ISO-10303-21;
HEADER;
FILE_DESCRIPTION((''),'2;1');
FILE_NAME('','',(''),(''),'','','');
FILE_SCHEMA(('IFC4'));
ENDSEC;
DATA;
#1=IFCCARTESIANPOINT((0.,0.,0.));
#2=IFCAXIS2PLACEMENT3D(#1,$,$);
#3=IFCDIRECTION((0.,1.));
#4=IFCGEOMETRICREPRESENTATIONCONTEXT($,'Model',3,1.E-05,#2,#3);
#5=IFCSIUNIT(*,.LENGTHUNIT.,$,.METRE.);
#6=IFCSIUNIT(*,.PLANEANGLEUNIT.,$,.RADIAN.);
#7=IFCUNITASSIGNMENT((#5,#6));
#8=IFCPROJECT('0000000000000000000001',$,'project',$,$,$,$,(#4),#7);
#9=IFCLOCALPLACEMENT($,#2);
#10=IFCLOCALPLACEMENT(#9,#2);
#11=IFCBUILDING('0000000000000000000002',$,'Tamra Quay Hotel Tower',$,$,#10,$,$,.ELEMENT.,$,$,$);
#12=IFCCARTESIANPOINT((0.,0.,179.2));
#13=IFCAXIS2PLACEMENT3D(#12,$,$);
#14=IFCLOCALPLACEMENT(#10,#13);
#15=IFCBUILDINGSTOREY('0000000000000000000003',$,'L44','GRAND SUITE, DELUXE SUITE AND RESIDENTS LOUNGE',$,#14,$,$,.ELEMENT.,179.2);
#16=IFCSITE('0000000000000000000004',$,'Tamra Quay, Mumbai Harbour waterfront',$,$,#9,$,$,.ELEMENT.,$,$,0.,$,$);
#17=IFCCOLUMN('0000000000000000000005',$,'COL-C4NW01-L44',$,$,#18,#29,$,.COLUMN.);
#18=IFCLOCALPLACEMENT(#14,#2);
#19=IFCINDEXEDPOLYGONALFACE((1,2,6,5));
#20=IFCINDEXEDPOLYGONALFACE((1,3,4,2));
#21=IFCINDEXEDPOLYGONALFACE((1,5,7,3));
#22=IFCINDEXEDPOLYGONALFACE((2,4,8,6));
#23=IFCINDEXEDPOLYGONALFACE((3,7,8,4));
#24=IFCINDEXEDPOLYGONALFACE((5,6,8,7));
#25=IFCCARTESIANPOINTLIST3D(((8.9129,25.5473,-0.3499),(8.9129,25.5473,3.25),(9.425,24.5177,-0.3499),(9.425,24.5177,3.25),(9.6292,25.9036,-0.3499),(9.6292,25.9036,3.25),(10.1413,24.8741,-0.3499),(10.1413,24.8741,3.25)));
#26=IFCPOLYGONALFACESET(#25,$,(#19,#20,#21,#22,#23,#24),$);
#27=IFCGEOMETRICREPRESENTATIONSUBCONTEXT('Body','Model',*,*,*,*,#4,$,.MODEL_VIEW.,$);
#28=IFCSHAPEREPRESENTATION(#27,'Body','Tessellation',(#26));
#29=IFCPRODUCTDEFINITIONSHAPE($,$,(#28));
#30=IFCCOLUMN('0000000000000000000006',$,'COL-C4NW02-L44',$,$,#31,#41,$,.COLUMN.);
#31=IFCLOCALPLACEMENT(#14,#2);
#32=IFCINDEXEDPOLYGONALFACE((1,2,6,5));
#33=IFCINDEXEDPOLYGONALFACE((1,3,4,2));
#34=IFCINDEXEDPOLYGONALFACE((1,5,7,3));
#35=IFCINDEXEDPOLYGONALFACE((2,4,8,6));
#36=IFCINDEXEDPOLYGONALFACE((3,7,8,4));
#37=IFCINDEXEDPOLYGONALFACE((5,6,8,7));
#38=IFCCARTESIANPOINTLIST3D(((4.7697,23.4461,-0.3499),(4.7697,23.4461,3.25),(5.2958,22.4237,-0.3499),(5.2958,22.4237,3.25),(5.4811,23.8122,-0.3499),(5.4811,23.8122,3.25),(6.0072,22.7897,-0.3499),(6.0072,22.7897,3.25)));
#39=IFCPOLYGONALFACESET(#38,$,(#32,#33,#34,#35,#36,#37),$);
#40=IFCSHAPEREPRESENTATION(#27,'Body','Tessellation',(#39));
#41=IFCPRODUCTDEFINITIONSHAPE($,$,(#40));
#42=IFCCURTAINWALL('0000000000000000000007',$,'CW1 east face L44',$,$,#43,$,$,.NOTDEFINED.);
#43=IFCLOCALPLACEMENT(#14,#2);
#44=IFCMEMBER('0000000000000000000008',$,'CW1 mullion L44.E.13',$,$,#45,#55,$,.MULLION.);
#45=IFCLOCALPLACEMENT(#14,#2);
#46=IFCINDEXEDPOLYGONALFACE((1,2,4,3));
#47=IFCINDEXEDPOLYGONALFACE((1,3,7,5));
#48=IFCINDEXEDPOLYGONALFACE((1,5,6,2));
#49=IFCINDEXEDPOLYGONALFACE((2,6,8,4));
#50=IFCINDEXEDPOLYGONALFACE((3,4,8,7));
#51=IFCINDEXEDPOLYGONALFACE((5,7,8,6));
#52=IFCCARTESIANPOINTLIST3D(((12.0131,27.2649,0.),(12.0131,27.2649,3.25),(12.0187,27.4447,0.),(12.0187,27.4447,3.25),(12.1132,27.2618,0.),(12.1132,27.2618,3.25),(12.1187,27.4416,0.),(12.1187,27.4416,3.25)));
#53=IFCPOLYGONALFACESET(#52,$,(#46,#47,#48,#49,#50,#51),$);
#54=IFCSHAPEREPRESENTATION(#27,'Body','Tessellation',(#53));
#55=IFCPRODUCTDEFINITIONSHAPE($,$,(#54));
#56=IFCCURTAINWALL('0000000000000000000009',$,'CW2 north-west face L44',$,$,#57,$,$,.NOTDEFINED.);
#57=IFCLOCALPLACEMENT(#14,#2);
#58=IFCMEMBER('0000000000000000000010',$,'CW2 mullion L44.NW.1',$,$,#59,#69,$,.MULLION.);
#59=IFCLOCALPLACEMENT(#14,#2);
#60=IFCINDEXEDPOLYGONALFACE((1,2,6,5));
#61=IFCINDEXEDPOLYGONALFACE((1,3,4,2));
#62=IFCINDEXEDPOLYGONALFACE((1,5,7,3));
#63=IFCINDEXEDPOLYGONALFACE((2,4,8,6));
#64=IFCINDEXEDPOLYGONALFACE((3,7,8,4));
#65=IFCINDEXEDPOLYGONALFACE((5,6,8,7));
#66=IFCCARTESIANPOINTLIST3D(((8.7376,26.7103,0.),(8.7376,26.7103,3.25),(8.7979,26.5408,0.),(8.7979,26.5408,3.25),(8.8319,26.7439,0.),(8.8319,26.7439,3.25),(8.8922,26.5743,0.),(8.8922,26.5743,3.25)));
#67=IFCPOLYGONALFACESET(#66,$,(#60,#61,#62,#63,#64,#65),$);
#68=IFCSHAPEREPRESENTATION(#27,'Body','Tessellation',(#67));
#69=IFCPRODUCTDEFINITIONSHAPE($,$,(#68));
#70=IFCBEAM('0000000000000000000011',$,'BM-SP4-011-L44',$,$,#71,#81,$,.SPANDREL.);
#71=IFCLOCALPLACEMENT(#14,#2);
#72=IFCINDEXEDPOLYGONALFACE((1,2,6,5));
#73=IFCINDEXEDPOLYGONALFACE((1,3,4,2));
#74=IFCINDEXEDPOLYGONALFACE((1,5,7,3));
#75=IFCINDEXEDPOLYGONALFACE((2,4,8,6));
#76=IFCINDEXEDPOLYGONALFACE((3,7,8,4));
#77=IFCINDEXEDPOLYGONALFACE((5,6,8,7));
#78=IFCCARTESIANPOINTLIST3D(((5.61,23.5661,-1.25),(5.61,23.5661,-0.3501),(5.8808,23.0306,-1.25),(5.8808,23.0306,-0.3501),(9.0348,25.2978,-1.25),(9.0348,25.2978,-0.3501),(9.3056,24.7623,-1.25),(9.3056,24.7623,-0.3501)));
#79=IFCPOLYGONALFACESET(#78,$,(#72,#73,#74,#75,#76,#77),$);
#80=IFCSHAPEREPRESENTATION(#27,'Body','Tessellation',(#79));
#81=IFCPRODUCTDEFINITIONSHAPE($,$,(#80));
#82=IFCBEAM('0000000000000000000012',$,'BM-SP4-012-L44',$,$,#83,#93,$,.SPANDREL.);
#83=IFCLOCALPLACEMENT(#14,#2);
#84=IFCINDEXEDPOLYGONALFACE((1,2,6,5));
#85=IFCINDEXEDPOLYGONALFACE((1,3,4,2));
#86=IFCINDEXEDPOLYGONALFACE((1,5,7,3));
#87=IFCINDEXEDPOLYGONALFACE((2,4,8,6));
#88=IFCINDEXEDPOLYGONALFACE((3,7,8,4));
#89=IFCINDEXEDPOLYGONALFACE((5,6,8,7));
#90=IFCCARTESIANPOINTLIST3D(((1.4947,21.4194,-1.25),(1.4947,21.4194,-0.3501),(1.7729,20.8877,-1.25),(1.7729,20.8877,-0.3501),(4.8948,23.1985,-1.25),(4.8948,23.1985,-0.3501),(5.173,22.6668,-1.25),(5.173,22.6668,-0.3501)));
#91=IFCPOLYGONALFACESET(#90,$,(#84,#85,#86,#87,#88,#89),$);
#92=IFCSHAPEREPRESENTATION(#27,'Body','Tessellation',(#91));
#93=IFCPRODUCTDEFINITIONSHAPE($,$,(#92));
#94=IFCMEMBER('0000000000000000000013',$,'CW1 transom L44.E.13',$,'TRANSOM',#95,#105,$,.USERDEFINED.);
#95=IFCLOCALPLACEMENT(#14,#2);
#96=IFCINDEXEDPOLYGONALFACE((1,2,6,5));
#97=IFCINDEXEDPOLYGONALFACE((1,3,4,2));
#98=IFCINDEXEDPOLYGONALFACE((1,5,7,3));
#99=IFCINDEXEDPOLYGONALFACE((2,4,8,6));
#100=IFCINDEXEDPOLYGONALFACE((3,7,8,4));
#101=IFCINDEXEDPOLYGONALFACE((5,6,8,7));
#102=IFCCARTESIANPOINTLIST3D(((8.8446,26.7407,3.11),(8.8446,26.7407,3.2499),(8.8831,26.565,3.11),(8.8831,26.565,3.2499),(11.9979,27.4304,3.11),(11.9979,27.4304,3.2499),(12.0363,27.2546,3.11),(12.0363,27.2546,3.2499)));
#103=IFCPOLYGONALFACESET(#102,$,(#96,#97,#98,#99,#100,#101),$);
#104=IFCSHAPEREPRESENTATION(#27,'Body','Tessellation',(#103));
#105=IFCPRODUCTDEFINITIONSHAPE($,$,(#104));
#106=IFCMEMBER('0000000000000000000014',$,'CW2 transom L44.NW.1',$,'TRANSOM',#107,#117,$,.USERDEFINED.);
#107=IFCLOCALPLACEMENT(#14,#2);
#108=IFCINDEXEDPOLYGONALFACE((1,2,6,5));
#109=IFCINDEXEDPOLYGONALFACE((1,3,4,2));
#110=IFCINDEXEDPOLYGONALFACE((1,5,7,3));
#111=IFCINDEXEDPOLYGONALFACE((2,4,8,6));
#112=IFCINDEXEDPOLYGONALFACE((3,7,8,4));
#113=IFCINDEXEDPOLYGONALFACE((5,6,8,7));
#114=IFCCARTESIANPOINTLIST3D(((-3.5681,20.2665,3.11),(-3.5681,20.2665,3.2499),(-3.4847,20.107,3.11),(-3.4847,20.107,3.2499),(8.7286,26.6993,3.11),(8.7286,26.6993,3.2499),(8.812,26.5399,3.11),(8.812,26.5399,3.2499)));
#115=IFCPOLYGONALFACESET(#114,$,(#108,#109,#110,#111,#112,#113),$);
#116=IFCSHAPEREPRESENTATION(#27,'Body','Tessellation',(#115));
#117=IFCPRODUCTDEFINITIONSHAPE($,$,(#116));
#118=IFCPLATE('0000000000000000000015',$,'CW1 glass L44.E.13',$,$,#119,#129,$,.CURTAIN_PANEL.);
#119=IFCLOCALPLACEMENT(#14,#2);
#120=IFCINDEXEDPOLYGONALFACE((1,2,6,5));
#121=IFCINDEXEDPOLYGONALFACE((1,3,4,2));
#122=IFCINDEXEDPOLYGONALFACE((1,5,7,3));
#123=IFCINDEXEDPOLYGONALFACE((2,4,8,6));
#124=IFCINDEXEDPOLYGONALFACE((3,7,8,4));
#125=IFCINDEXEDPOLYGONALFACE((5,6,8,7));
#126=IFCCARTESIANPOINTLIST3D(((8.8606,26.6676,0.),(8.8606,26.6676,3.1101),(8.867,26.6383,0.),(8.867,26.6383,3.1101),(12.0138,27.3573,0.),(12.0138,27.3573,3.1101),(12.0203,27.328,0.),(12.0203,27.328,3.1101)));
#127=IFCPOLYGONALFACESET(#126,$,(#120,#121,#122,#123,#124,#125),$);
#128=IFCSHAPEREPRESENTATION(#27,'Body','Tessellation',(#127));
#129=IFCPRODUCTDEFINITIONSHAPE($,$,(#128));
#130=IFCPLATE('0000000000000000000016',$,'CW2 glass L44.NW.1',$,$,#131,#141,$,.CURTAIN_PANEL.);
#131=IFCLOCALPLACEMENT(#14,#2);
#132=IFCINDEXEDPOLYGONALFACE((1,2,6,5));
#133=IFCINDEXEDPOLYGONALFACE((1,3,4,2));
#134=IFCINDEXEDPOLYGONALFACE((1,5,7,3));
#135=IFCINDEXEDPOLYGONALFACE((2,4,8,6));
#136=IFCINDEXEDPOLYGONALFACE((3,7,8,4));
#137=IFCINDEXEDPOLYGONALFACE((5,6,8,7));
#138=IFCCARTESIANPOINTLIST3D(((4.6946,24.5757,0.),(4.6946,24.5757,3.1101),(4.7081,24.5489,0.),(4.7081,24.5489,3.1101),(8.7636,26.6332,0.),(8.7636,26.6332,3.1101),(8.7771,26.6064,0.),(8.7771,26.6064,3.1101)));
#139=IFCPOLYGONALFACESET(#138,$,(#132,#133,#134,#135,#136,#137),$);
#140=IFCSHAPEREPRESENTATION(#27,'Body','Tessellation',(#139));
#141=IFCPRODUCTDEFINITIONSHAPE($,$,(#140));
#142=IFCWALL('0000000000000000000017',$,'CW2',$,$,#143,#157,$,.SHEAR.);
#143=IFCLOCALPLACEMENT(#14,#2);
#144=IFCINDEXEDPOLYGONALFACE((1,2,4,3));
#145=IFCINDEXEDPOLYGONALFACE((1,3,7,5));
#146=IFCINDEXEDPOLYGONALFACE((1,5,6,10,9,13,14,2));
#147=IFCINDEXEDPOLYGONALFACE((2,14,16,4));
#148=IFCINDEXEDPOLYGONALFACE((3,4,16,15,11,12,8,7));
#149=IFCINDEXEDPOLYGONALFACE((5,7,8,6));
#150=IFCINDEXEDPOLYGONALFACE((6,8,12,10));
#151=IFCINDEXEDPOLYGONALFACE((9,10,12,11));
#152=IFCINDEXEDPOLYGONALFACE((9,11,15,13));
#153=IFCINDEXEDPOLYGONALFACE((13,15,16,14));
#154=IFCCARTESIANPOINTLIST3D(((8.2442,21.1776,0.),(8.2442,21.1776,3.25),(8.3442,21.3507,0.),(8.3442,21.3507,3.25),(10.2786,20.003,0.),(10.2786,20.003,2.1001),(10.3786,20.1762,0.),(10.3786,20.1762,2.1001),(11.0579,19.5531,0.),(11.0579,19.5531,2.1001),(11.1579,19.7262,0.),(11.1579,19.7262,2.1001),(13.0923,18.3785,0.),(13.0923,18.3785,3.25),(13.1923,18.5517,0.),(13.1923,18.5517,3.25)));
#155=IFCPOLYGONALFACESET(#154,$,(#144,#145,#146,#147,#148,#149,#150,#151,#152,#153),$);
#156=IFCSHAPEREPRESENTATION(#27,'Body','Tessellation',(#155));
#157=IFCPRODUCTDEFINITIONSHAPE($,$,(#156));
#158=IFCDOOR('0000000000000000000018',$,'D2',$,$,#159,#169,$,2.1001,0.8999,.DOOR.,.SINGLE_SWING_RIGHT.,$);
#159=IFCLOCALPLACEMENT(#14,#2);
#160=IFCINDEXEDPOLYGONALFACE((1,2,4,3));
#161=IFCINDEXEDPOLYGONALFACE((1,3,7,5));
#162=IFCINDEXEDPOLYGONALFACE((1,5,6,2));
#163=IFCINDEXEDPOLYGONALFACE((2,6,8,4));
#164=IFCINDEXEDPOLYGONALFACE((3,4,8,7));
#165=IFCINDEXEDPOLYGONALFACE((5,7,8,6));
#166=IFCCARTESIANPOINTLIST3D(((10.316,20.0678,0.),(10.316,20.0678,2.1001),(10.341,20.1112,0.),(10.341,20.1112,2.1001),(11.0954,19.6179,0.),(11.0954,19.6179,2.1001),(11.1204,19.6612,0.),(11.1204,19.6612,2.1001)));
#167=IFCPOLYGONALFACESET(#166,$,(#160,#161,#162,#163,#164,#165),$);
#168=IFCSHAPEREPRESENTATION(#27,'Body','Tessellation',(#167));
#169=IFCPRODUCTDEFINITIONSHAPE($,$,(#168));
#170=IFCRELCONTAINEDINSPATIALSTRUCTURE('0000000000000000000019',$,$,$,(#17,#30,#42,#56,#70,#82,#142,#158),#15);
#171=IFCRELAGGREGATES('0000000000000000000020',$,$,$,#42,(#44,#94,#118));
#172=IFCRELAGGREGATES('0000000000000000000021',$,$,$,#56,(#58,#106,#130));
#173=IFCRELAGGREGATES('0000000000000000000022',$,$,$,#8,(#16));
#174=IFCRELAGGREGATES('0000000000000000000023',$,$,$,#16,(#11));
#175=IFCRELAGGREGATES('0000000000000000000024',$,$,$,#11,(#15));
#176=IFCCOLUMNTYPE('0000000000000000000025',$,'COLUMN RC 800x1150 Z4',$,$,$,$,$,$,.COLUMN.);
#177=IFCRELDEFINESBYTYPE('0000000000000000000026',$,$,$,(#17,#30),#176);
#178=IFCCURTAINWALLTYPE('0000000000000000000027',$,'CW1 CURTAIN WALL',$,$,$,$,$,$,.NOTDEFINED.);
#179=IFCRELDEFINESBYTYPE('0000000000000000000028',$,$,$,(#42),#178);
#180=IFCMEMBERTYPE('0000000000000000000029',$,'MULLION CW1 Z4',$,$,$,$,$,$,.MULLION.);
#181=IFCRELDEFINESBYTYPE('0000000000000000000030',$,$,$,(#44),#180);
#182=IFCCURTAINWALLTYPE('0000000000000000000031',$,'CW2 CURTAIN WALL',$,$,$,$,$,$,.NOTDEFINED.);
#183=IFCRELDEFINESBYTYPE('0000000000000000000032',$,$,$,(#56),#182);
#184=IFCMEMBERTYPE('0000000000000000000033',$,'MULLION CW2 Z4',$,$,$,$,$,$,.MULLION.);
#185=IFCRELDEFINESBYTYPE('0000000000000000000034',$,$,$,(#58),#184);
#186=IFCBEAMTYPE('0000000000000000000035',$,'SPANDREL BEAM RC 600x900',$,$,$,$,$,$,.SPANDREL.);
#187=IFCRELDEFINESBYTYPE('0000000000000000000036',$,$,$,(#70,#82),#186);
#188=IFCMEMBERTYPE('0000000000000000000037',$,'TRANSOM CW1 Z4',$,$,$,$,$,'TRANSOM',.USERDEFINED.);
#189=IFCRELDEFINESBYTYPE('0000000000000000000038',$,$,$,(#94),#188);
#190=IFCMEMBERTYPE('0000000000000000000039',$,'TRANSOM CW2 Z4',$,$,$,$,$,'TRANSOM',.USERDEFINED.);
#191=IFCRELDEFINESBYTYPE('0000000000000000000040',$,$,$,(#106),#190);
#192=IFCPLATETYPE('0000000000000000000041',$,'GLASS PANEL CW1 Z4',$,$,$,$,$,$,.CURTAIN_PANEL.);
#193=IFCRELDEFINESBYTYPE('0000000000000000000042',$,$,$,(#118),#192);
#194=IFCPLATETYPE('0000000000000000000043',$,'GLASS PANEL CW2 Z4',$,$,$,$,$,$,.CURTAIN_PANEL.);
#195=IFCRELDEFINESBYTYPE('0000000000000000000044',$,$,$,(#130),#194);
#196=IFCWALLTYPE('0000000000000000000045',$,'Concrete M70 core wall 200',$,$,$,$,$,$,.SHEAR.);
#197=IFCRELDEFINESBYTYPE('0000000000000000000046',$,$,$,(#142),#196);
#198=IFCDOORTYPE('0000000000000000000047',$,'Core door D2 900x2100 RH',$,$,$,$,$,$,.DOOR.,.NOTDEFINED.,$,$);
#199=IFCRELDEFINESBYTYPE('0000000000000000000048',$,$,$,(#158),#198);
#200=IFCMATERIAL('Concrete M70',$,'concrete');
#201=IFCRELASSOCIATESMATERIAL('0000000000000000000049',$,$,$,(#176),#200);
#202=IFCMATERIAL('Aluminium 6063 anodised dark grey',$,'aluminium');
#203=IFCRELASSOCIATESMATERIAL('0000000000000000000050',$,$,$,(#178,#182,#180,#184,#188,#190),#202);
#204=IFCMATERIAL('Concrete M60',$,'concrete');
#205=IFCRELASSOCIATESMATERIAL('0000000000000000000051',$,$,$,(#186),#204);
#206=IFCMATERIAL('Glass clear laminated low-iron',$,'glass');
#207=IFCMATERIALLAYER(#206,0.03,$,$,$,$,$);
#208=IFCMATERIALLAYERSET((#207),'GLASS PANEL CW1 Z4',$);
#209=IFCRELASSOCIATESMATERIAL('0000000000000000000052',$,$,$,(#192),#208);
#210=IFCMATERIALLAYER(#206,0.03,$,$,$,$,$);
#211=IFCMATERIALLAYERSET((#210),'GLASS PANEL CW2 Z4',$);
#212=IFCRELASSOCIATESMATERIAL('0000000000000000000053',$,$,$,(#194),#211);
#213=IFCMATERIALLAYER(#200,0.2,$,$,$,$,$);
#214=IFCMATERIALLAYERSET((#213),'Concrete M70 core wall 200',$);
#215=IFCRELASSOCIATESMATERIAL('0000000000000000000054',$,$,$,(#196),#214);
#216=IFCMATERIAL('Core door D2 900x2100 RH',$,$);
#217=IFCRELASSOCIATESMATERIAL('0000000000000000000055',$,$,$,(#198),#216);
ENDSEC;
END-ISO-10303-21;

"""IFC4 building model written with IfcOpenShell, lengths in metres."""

from ifc_helpers import new_model, si_unit, direction, frame, frame_2d, origin, origin_2d, place, context, subcontext, project, spatial, rectangle, extrude, material, layer, layer_set, material_profile, profile_set, type_object, element, fill, aggregate, save


model = new_model("IFC4")

# Units and contexts
model_context = context("Model", 3, precision=1e-05, world=origin(), true_north=direction((0.0, 1.0)))
body_context = subcontext(model_context, "Body", "Model", "MODEL_VIEW")
ifc_project = project(units=[si_unit("LENGTHUNIT", "METRE"), si_unit("PLANEANGLEUNIT", "RADIAN")], contexts=[model_context])

# Site, building, storey
site_placement = place(None, origin())
site = spatial("IfcSite", under=ifc_project, at=site_placement, Name="Tamra Quay, Mumbai Harbour waterfront", CompositionType="ELEMENT", RefElevation=0.0)
building_placement = place(site_placement, origin())
building = spatial("IfcBuilding", under=site, at=building_placement, Name="Tamra Quay Hotel Tower", CompositionType="ELEMENT")
storey_placement = place(building_placement, frame((0.0, 0.0, 179.2)))
storey = spatial("IfcBuildingStorey", under=building, at=storey_placement, Name="L44", Description="GRAND SUITE, DELUXE SUITE AND RESIDENTS LOUNGE", CompositionType="ELEMENT", Elevation=179.2)

# Columns
ifc_material_1 = material(Name="Concrete M70", Category="concrete")
ifc_material_profile_1 = material_profile(ifc_material_1, rectangle(XDim=1.1499, YDim=0.8, at=origin_2d()), Name="COLUMN RC 800x1150 Z4")
ifc_profile_set_1 = profile_set([ifc_material_profile_1], Name="Concrete M70")
column_type = type_object("IfcColumnType", Name="COLUMN RC 800x1150 Z4", PredefinedType="COLUMN", material=ifc_profile_set_1)
for number, where, z_axis, x_axis, name in (
    (1, (9.5271, 25.2107, -0.3499), (0.0, 0.0, 1.0), (-0.445415, 0.895324, 0.0), "COL-C4NW01-L44"),
    (2, (5.3884, 23.1179, -0.3499), (0.0, 0.0, 1.0), (-0.457548, 0.889185, 0.0), "COL-C4NW02-L44"),
):
    element("IfcColumn", number, at=place(storey_placement, frame(where, z_axis=z_axis, x_axis=x_axis)), inside=storey, type_object=column_type, Name=name, PredefinedType="COLUMN", context=body_context, shape_type="SweptSolid", body=[
        extrude(rectangle(XDim=1.1499, YDim=0.8, at=origin_2d()), origin(), (0.0, 0.0, 1.0), 3.5999),
    ])

# Curtain walls, members
ifc_material_2 = material(Name="Aluminium 6063 anodised dark grey", Category="aluminium")
curtain_wall_type_1 = type_object("IfcCurtainWallType", Name="CW1 CURTAIN WALL", PredefinedType="NOTDEFINED", material=ifc_material_2)
curtain_wall_1_placement = place(storey_placement, origin())
curtain_wall_1 = element("IfcCurtainWall", 3, at=curtain_wall_1_placement, inside=storey, type_object=curtain_wall_type_1, Name="CW1 east face L44", PredefinedType="NOTDEFINED")
ifc_material_profile_2 = material_profile(ifc_material_2, rectangle(XDim=0.1799, YDim=0.1001, at=origin_2d()), Name="MULLION 100X180")
ifc_profile_set_2 = profile_set([ifc_material_profile_2], Name="Aluminium 6063 anodised dark grey")
member_type_1 = type_object("IfcMemberType", Name="MULLION CW1 Z4", PredefinedType="MULLION", material=ifc_profile_set_2)
member_1_placement = place(storey_placement, frame((12.0659, 27.3533, 0.0), z_axis=(0.0, 0.0, 1.0), x_axis=(0.030975, 0.99952, 0.0)))
member_1 = element("IfcMember", 4, at=member_1_placement, type_object=member_type_1, Name="CW1 mullion L44.E.13", PredefinedType="MULLION", context=body_context, shape_type="SweptSolid", body=[
    extrude(rectangle(XDim=0.1799, YDim=0.1001, at=origin_2d()), origin(), (0.0, 0.0, 1.0), 3.25),
])
curtain_wall_type_2 = type_object("IfcCurtainWallType", Name="CW2 CURTAIN WALL", PredefinedType="NOTDEFINED", material=ifc_material_2)
curtain_wall_2_placement = place(storey_placement, origin())
curtain_wall_2 = element("IfcCurtainWall", 5, at=curtain_wall_2_placement, inside=storey, type_object=curtain_wall_type_2, Name="CW2 north-west face L44", PredefinedType="NOTDEFINED")
ifc_material_profile_3 = material_profile(ifc_material_2, rectangle(XDim=0.1799, YDim=0.1001, at=origin_2d()), Name="MULLION 100X180")
ifc_profile_set_3 = profile_set([ifc_material_profile_3], Name="Aluminium 6063 anodised dark grey")
member_type_2 = type_object("IfcMemberType", Name="MULLION CW2 Z4", PredefinedType="MULLION", material=ifc_profile_set_3)
member_2_placement = place(storey_placement, frame((8.8149, 26.6423, 0.0), z_axis=(0.0, 0.0, 1.0), x_axis=(-0.335128, 0.942173, 0.0)))
member_2 = element("IfcMember", 6, at=member_2_placement, type_object=member_type_2, Name="CW2 mullion L44.NW.1", PredefinedType="MULLION", context=body_context, shape_type="SweptSolid", body=[
    extrude(rectangle(XDim=0.1799, YDim=0.1001, at=origin_2d()), origin(), (0.0, 0.0, 1.0), 3.25),
])

# Beams
ifc_material_3 = material(Name="Concrete M60", Category="concrete")
ifc_material_profile_4 = material_profile(ifc_material_3, rectangle(XDim=0.6001, YDim=0.8999, at=origin_2d()), Name="SPANDREL BEAM RC 600x900")
ifc_profile_set_4 = profile_set([ifc_material_profile_4], Name="Concrete M60")
beam_type = type_object("IfcBeamType", Name="SPANDREL BEAM RC 600x900", PredefinedType="SPANDREL", material=ifc_profile_set_4)
beam_1_placement = place(storey_placement, frame((9.1702, 25.03, -0.8), z_axis=(-0.892408, -0.45123, 0.0), x_axis=(0.45123, -0.892408, 0.0)))
element("IfcBeam", 7, at=beam_1_placement, inside=storey, type_object=beam_type, Name="BM-SP4-011-L44", PredefinedType="SPANDREL", context=body_context, shape_type="SweptSolid", body=[
    extrude(rectangle(XDim=0.6001, YDim=0.8999, at=origin_2d()), origin(), (0.0, 0.0, 1.0), 3.8376),
])
beam_2_placement = place(storey_placement, frame((5.0339, 22.9326, -0.8), z_axis=(-0.886043, -0.463603, 0.0), x_axis=(0.463603, -0.886043, 0.0)))
element("IfcBeam", 8, at=beam_2_placement, inside=storey, type_object=beam_type, Name="BM-SP4-012-L44", PredefinedType="SPANDREL", context=body_context, shape_type="SweptSolid", body=[
    extrude(rectangle(XDim=0.6001, YDim=0.8999, at=origin_2d()), origin(), (0.0, 0.0, 1.0), 3.8374),
])

# Members
ifc_material_profile_5 = material_profile(ifc_material_2, rectangle(XDim=0.1799, YDim=0.1399, at=origin_2d()), Name="TRANSOM 180X140")
ifc_profile_set_5 = profile_set([ifc_material_profile_5], Name="Aluminium 6063 anodised dark grey")
member_type_3 = type_object("IfcMemberType", Name="TRANSOM CW1 Z4", ElementType="TRANSOM", PredefinedType="USERDEFINED", material=ifc_profile_set_5)
member_3_placement = place(storey_placement, frame((12.0171, 27.3425, 3.1799), z_axis=(-0.976906, -0.21367, 0.0), x_axis=(0.21367, -0.976906, 0.0)))
member_3 = element("IfcMember", 9, at=member_3_placement, type_object=member_type_3, Name="CW1 transom L44.E.13", ObjectType="TRANSOM", PredefinedType="USERDEFINED", context=body_context, shape_type="SweptSolid", body=[
    extrude(rectangle(XDim=0.1799, YDim=0.1399, at=origin_2d()), origin(), (0.0, 0.0, 1.0), 3.2278),
])
ifc_material_profile_6 = material_profile(ifc_material_2, rectangle(XDim=0.1799, YDim=0.1399, at=origin_2d()), Name="TRANSOM 180X140")
ifc_profile_set_6 = profile_set([ifc_material_profile_6], Name="Aluminium 6063 anodised dark grey")
member_type_4 = type_object("IfcMemberType", Name="TRANSOM CW2 Z4", ElementType="TRANSOM", PredefinedType="USERDEFINED", material=ifc_profile_set_6)
member_4_placement = place(storey_placement, frame((8.7703, 26.6196, 3.1799), z_axis=(-0.886075, -0.463542, 0.0), x_axis=(0.463542, -0.886075, 0.0)))
member_4 = element("IfcMember", 10, at=member_4_placement, type_object=member_type_4, Name="CW2 transom L44.NW.1", ObjectType="TRANSOM", PredefinedType="USERDEFINED", context=body_context, shape_type="SweptSolid", body=[
    extrude(rectangle(XDim=0.1799, YDim=0.1399, at=origin_2d()), origin(), (0.0, 0.0, 1.0), 13.8777),
])

# Plates
ifc_material_4 = material(Name="Glass clear laminated low-iron", Category="glass")
ifc_layer_1 = layer(ifc_material_4, 0.03)
ifc_layer_set_1 = layer_set([ifc_layer_1], Name="GLASS PANEL CW1 Z4")
plate_type_1 = type_object("IfcPlateType", Name="GLASS PANEL CW1 Z4", PredefinedType="CURTAIN_PANEL", material=ifc_layer_set_1)
plate_1_placement = place(storey_placement, frame((10.4404, 26.9978, 0.0), z_axis=(0.0, 0.0, 1.0), x_axis=(-0.976906, -0.213669, 0.0)))
plate_1 = element("IfcPlate", 11, at=plate_1_placement, type_object=plate_type_1, Name="CW1 glass L44.E.13", PredefinedType="CURTAIN_PANEL", context=body_context, shape_type="SweptSolid", body=[
    extrude(rectangle(XDim=3.2278, YDim=0.03, at=origin_2d()), origin(), (0.0, 0.0, 1.0), 3.1101),
])
aggregate(curtain_wall_1, [member_1, member_3, plate_1])
ifc_layer_2 = layer(ifc_material_4, 0.03)
ifc_layer_set_2 = layer_set([ifc_layer_2], Name="GLASS PANEL CW2 Z4")
plate_type_2 = type_object("IfcPlateType", Name="GLASS PANEL CW2 Z4", PredefinedType="CURTAIN_PANEL", material=ifc_layer_set_2)
plate_2_placement = place(storey_placement, frame((6.7358, 25.5911, 0.0), z_axis=(0.0, 0.0, 1.0), x_axis=(-0.892403, -0.451239, 0.0)))
plate_2 = element("IfcPlate", 12, at=plate_2_placement, type_object=plate_type_2, Name="CW2 glass L44.NW.1", PredefinedType="CURTAIN_PANEL", context=body_context, shape_type="SweptSolid", body=[
    extrude(rectangle(XDim=4.5596, YDim=0.03, at=origin_2d()), origin(), (0.0, 0.0, 1.0), 3.1101),
])
aggregate(curtain_wall_2, [member_2, member_4, plate_2])

# Wall, opening, door
ifc_layer_3 = layer(ifc_material_1, 0.2)
ifc_layer_set_3 = layer_set([ifc_layer_3], Name="Concrete M70 core wall 200")
wall_type_1 = type_object("IfcWallType", Name="Concrete M70 core wall 200", PredefinedType="SHEAR", material=ifc_layer_set_3)
wall_1_placement = place(storey_placement, frame((8.2942, 21.2642, 0.0), z_axis=(0.0, 0.0, 1.0), x_axis=(0.866026, -0.499999, 0.0)))
wall_1 = element("IfcWall", 13, at=wall_1_placement, inside=storey, type_object=wall_type_1, Name="CW2", PredefinedType="SHEAR", context=body_context, shape_type="SweptSolid", body=[
    extrude(rectangle(XDim=5.5981, YDim=0.2, at=frame_2d((2.7991, 0.0))), origin(), (0.0, 0.0, 1.0), 3.25),
])
opening_1_placement = place(wall_1_placement, frame((2.3491, 0.0, 0.0)))
opening_1 = element("IfcOpeningElement", 14, at=opening_1_placement, cuts=wall_1, PredefinedType="OPENING", context=body_context, shape_type="SweptSolid", body=[
    extrude(rectangle(XDim=0.8999, YDim=2.1001, at=frame_2d((0.45, 1.05))), frame((0.0, 0.1099, 0.0), z_axis=(0.0, -1.0, 0.0), x_axis=(1.0, 0.0, 0.0)), (0.0, 0.0, 1.0), 0.22),
])
ifc_material_5 = material(Name="Core door D2 900x2100 RH")
door_type_1 = type_object("IfcDoorType", Name="Core door D2 900x2100 RH", OperationType="NOTDEFINED", PredefinedType="DOOR", material=ifc_material_5)
door_1_placement = place(opening_1_placement, origin())
door_1 = element("IfcDoor", 15, at=door_1_placement, inside=storey, type_object=door_type_1, Name="D2", OperationType="SINGLE_SWING_RIGHT", OverallHeight=2.1001, OverallWidth=0.8999, PredefinedType="DOOR", context=body_context, shape_type="SweptSolid", body=[
    extrude(rectangle(XDim=0.8999, YDim=2.1001, at=frame_2d((0.45, 1.05))), frame((0.0, 0.0249, 0.0), z_axis=(0.0, -1.0, 0.0), x_axis=(1.0, 0.0, 0.0)), (0.0, 0.0, 1.0), 0.05),
])
fill(opening_1, door_1)

save(model, "model.ifc")
